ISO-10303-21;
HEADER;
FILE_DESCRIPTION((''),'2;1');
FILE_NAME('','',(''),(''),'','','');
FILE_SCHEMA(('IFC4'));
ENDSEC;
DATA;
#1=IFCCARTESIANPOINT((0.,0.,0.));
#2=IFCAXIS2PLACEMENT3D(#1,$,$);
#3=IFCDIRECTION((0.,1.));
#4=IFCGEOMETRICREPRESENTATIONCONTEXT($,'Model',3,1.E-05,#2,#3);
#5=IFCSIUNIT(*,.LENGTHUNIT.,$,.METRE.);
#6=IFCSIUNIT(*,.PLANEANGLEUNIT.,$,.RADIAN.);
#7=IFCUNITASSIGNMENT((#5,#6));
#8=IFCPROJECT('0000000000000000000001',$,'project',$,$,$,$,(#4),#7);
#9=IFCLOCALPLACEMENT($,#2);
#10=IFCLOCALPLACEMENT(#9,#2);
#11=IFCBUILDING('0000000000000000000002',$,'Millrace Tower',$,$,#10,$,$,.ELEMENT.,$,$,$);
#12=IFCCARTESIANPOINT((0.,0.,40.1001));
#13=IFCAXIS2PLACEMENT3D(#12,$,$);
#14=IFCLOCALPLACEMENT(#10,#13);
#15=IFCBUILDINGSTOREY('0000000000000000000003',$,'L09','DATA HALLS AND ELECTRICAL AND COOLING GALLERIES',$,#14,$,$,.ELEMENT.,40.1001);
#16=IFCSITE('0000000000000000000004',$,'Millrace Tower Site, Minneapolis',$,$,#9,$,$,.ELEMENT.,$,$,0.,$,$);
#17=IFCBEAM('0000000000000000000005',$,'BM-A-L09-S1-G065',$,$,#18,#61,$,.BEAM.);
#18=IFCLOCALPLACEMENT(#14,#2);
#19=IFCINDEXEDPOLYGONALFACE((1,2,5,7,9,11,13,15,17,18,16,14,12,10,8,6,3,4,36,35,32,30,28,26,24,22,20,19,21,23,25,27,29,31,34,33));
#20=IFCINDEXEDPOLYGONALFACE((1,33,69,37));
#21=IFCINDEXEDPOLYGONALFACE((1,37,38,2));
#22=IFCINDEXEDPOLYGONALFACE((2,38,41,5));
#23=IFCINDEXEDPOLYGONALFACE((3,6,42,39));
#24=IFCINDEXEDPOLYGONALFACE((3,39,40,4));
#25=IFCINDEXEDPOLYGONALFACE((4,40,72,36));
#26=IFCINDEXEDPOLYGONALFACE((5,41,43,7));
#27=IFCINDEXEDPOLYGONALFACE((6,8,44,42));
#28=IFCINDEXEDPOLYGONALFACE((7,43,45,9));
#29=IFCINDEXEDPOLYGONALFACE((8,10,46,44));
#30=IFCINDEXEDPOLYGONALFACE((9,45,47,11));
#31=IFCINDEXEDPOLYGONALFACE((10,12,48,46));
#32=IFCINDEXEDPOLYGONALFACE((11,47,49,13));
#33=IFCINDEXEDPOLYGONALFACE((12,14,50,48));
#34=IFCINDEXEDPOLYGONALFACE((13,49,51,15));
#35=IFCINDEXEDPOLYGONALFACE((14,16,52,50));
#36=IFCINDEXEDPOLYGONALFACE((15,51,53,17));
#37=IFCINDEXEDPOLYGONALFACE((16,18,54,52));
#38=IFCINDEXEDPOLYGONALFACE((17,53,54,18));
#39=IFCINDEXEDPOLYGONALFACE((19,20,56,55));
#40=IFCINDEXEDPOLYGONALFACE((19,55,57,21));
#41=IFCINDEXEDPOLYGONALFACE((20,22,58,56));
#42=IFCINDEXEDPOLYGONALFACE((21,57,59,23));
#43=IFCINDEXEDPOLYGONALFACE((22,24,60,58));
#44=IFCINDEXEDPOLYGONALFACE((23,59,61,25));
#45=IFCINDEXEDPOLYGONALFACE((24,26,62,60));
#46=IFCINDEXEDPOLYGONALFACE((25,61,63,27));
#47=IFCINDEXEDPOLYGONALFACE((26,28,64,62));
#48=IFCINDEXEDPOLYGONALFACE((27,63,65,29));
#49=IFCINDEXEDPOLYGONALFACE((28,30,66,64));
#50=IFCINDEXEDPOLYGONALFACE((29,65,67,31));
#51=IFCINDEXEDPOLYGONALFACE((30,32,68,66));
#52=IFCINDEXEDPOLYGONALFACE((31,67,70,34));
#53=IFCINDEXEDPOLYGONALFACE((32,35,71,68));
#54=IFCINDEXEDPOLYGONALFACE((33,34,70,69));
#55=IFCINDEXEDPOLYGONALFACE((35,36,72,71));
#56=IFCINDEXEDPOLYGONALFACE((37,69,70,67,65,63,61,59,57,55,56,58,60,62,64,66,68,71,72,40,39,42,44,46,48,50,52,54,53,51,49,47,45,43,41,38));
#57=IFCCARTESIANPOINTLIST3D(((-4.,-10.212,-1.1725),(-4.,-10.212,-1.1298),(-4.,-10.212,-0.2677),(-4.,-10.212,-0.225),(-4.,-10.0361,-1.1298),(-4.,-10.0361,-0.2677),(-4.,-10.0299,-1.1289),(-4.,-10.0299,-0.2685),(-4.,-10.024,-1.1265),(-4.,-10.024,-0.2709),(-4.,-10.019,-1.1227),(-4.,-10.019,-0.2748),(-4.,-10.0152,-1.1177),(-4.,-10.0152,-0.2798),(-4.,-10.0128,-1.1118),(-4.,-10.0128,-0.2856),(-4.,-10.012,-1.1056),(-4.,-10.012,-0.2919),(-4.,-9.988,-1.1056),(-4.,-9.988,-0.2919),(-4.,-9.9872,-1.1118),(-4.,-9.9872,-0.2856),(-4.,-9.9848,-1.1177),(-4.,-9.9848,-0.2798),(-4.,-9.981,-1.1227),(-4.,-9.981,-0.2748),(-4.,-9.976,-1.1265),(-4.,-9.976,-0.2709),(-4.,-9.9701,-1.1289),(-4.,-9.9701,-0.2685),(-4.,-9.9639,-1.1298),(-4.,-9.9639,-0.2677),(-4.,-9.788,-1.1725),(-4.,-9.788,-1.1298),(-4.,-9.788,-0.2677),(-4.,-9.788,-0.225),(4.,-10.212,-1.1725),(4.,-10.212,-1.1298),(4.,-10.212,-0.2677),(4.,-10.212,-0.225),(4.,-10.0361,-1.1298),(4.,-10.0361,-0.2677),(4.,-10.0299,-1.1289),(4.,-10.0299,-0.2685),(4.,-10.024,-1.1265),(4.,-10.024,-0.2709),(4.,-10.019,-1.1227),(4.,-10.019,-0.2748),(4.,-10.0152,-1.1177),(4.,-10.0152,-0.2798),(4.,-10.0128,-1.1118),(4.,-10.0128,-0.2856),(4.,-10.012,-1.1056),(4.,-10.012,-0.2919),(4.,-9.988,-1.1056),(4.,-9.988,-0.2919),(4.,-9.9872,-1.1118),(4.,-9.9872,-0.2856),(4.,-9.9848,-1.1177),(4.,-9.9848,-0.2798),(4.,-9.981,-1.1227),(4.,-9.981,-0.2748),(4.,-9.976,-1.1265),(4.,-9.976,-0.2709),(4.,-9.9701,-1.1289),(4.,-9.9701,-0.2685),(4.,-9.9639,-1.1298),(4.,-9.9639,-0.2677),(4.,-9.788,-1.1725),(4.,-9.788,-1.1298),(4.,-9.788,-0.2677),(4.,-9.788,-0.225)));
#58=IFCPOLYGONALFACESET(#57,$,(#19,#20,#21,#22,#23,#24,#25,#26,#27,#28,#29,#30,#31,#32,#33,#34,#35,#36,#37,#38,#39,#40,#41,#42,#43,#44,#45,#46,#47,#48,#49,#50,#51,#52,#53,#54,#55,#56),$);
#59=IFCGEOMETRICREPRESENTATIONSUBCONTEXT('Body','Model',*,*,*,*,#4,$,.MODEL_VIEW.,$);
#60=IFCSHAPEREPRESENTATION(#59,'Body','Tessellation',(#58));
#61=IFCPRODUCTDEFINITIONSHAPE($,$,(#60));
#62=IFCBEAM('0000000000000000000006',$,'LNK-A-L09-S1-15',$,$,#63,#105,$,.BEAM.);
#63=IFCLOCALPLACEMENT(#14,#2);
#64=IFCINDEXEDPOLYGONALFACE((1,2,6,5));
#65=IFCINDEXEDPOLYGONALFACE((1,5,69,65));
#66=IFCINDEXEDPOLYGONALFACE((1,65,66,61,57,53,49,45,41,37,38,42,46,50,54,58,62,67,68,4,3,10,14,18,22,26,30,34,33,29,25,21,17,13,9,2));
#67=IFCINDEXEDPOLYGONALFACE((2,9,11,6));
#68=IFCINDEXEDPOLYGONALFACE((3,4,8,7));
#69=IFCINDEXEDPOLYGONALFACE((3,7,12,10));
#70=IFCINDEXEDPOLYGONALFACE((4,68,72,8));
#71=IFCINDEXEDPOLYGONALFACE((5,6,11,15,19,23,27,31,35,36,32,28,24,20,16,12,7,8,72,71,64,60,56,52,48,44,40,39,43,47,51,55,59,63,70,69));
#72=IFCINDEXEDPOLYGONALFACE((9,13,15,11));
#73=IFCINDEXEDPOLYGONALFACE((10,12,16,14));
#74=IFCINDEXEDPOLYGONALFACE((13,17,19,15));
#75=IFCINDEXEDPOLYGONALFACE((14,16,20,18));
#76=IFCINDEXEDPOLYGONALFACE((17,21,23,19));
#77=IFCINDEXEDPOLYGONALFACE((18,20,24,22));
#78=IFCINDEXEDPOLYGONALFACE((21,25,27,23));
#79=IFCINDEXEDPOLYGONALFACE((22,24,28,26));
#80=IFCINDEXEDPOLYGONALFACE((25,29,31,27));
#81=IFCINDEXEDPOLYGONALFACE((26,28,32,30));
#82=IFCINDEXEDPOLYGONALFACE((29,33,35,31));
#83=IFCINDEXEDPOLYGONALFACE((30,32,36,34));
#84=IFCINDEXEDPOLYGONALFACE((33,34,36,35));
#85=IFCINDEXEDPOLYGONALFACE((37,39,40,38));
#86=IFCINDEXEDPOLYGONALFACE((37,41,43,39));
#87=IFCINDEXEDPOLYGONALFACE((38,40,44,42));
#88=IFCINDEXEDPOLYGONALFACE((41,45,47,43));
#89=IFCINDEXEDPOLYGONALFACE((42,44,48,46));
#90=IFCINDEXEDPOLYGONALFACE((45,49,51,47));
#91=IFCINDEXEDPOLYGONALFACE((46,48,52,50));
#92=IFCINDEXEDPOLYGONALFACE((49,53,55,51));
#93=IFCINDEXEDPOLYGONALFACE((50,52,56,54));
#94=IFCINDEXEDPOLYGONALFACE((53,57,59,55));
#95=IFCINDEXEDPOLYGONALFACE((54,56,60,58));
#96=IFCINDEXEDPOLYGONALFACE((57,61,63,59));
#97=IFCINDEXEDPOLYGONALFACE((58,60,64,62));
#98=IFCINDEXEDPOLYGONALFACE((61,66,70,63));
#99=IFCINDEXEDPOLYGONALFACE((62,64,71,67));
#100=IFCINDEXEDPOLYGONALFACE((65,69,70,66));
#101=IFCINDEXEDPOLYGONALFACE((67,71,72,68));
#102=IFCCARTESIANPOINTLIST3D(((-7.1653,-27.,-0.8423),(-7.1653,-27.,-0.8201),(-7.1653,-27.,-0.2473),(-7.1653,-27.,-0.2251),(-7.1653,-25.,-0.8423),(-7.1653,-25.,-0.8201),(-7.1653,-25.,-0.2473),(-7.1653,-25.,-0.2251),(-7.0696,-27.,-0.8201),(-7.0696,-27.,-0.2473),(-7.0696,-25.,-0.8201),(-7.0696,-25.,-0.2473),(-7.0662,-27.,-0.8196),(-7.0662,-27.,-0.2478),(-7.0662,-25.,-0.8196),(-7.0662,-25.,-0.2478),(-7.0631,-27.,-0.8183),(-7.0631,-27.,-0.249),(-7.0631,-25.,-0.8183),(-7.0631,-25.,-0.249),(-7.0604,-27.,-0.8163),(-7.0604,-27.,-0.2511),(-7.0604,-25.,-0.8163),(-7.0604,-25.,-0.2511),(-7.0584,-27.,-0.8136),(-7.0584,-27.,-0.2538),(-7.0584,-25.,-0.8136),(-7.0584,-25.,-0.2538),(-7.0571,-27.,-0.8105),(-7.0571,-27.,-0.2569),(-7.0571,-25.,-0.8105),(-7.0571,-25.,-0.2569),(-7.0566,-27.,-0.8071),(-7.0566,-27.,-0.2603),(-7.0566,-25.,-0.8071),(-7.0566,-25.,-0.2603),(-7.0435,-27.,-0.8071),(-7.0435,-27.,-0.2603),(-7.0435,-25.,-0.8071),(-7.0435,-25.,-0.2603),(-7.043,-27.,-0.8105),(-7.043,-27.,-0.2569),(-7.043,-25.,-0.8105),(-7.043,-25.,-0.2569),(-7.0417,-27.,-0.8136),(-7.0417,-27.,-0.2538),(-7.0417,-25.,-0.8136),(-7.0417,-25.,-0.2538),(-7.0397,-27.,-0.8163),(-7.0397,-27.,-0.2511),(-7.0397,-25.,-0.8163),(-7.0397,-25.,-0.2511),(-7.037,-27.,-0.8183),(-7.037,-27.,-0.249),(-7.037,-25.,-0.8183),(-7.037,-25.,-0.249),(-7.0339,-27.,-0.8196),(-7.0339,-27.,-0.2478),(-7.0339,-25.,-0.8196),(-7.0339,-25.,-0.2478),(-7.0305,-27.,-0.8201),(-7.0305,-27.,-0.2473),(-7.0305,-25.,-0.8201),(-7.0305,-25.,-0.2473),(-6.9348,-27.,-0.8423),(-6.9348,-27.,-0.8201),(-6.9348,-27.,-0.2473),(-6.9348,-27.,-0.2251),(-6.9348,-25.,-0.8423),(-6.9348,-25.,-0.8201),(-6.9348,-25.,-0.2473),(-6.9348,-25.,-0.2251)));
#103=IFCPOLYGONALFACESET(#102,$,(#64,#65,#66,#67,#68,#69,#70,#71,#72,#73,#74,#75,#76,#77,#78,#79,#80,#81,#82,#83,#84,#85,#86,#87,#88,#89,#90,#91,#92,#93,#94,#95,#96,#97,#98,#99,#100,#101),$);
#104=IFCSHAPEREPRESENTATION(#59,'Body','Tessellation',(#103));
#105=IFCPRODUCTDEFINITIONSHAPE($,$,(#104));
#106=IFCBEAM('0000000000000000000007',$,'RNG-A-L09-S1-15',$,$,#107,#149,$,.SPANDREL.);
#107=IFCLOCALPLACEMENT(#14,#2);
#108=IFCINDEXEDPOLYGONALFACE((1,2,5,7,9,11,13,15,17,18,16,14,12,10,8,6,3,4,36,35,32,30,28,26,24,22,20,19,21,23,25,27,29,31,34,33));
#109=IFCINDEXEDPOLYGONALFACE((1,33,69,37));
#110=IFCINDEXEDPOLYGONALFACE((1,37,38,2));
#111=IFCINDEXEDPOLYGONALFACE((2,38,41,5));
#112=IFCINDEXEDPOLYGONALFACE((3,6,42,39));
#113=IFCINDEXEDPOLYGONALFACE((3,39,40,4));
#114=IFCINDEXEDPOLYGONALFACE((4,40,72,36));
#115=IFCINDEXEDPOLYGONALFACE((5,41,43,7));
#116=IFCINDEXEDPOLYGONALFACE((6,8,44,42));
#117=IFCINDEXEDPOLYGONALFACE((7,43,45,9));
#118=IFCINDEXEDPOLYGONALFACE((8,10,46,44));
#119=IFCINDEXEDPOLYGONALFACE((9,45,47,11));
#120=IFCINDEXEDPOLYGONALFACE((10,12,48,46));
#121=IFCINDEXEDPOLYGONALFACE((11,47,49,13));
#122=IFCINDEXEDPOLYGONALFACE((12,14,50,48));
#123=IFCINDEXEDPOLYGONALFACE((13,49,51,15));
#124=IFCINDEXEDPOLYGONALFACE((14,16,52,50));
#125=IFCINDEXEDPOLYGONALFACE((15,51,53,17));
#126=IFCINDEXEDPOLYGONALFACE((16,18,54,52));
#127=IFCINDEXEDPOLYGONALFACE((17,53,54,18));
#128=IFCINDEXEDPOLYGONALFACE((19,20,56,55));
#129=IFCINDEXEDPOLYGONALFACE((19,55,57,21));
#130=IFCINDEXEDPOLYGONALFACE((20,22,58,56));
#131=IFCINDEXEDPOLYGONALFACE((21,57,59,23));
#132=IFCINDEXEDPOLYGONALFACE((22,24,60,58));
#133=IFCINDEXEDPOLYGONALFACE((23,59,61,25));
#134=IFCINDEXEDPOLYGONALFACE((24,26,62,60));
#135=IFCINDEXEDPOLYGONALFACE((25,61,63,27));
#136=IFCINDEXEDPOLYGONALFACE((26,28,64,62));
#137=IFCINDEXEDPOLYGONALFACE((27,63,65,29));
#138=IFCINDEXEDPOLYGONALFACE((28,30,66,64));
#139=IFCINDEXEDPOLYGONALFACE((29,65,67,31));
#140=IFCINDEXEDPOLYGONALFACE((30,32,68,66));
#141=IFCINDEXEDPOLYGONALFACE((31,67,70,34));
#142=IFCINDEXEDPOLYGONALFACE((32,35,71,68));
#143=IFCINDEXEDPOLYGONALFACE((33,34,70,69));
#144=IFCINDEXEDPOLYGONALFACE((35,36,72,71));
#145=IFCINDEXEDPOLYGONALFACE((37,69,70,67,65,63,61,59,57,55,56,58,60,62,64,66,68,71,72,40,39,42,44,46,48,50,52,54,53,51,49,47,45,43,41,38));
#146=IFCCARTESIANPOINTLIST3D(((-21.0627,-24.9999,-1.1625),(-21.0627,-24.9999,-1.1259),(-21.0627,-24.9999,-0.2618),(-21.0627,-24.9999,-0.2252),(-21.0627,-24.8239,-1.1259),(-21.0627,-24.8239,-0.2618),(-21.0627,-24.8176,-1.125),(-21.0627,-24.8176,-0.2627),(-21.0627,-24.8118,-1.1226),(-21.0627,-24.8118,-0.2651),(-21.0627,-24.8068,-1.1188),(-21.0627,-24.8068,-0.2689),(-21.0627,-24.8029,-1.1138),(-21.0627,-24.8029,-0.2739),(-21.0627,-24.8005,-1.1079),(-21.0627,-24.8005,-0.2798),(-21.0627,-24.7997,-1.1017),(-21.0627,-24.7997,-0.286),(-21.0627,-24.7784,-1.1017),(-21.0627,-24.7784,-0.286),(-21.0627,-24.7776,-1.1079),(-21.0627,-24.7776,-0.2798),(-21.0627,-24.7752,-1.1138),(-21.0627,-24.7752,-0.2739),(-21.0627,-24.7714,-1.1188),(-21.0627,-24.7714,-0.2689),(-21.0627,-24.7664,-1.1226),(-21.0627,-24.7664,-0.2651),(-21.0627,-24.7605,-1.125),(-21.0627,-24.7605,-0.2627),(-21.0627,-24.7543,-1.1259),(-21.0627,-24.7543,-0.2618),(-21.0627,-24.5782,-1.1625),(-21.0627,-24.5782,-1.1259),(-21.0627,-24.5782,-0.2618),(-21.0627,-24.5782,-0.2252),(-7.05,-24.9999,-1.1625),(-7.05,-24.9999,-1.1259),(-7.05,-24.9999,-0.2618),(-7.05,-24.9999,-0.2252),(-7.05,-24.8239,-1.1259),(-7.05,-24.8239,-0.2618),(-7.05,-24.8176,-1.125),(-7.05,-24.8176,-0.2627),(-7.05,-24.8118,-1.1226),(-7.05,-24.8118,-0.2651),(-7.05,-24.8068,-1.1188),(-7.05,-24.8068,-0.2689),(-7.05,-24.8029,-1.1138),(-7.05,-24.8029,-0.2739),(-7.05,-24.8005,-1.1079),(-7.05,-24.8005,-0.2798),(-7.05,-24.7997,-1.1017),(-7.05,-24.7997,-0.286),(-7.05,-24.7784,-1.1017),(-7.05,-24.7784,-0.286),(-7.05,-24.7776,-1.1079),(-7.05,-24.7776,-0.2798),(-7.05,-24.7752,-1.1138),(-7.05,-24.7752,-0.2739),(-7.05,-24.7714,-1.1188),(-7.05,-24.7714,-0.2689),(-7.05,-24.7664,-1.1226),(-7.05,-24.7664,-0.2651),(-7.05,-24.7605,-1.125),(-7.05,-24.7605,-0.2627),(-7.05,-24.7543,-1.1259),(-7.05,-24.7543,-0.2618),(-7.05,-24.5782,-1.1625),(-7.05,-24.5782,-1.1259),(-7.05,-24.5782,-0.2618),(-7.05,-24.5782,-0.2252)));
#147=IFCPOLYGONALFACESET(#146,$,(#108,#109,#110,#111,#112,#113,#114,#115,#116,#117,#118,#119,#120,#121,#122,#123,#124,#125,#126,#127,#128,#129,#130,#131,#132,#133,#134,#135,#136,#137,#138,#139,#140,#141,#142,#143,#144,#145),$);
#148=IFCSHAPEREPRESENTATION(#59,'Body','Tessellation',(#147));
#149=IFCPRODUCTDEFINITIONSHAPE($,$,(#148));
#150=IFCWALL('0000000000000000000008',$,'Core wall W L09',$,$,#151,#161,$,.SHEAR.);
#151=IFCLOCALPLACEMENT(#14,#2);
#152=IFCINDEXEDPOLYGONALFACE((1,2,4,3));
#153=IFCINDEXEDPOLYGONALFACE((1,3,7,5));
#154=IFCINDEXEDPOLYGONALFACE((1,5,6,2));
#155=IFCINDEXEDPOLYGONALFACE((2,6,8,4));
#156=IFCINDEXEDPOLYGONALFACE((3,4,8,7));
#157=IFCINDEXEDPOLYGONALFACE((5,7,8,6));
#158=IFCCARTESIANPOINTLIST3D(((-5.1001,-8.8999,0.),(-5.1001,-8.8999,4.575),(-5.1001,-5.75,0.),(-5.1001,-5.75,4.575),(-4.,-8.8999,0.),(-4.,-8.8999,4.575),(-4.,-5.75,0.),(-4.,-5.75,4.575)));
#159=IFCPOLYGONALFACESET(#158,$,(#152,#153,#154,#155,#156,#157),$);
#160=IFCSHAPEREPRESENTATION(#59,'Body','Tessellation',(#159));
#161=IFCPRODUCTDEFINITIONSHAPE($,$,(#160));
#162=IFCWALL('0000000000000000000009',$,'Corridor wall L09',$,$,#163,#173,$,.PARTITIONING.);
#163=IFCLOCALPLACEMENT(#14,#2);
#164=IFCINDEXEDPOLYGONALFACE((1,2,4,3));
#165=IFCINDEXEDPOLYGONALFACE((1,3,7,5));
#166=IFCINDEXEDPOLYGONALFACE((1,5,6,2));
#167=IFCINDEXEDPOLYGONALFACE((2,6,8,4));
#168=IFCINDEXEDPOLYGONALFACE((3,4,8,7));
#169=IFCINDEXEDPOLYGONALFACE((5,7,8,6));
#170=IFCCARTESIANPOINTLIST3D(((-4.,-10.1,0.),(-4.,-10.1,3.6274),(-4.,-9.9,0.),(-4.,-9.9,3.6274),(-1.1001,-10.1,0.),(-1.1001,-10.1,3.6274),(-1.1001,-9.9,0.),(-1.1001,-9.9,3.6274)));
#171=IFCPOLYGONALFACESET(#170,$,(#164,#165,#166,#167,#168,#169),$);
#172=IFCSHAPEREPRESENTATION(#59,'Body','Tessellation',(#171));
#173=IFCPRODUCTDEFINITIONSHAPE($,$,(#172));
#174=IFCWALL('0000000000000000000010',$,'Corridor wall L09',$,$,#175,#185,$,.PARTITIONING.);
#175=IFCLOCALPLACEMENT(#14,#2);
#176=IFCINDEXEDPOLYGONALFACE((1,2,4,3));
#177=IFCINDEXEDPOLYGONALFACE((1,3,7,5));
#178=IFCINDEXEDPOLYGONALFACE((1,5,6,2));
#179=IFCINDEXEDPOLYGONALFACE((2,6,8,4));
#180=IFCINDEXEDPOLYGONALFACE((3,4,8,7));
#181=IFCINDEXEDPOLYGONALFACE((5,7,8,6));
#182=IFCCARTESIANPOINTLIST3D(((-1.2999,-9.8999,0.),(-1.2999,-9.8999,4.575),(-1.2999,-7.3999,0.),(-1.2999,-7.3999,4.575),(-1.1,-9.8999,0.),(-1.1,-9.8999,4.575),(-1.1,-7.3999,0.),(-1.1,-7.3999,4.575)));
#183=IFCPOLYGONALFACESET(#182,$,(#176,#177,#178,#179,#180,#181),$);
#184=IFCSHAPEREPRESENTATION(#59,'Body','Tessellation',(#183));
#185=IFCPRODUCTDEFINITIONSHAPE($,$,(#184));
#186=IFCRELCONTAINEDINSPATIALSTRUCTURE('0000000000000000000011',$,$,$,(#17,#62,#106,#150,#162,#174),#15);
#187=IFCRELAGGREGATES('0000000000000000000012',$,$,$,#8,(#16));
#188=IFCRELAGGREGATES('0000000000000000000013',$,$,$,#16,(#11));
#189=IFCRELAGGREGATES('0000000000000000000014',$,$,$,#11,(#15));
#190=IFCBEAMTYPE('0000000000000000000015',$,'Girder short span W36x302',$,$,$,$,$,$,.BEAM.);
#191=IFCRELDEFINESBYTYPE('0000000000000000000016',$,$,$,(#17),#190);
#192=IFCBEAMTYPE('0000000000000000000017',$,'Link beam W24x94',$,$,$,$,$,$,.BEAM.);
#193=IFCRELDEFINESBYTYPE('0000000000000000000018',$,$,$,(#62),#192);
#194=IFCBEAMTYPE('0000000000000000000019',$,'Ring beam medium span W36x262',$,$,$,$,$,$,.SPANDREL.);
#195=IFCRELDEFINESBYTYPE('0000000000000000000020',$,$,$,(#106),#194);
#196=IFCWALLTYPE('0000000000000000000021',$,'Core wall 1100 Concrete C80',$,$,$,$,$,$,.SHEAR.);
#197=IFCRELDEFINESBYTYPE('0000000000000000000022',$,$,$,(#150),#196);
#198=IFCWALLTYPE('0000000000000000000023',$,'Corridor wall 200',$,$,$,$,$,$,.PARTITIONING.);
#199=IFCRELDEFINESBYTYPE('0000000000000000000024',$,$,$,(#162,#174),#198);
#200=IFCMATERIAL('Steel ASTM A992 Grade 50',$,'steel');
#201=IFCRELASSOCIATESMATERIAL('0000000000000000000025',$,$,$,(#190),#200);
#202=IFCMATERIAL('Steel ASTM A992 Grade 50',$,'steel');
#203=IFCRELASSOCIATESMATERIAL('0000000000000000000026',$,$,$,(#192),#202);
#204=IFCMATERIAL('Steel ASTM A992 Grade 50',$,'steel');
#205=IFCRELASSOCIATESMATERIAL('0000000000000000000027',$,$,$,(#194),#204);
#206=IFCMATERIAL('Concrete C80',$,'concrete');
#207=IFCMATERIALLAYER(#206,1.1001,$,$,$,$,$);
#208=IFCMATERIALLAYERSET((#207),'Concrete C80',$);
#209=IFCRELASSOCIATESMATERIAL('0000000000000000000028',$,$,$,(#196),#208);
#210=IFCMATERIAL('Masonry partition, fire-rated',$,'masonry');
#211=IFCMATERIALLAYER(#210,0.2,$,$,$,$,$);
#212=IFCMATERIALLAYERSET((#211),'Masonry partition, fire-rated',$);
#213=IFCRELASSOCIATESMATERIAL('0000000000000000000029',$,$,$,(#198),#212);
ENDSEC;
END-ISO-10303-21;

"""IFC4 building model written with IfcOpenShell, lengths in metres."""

from ifc_helpers import new_model, si_unit, direction, frame, frame_2d, origin, origin_2d, place, context, subcontext, project, spatial, rectangle, i_section, extrude, material, layer, layer_set, material_profile, profile_set, type_object, element, save


model = new_model("IFC4")

# Units and contexts
model_context = context("Model", 3, precision=1e-05, world=origin(), true_north=direction((0.0, 1.0)))
body_context = subcontext(model_context, "Body", "Model", "MODEL_VIEW")
ifc_project = project(units=[si_unit("LENGTHUNIT", "METRE"), si_unit("PLANEANGLEUNIT", "RADIAN")], contexts=[model_context])

# Site, building, storey
site_placement = place(None, origin())
site = spatial("IfcSite", under=ifc_project, at=site_placement, Name="Millrace Tower Site, Minneapolis", CompositionType="ELEMENT", RefElevation=0.0)
building_placement = place(site_placement, origin())
building = spatial("IfcBuilding", under=site, at=building_placement, Name="Millrace Tower", CompositionType="ELEMENT")
storey_placement = place(building_placement, frame((0.0, 0.0, 40.1001)))
storey = spatial("IfcBuildingStorey", under=building, at=storey_placement, Name="L09", Description="DATA HALLS AND ELECTRICAL AND COOLING GALLERIES", CompositionType="ELEMENT", Elevation=40.1001)

# Beams
ifc_material_1 = material(Name="Steel ASTM A992 Grade 50", Category="steel")
ifc_material_profile_1 = material_profile(ifc_material_1, i_section(OverallWidth=0.4241, OverallDepth=0.9475, WebThickness=0.0239, FlangeThickness=0.0427, FilletRadius=0.0242, at=origin_2d()))
ifc_profile_set_1 = profile_set([ifc_material_profile_1], Name="Steel ASTM A992 Grade 50")
beam_type_1 = type_object("IfcBeamType", Name="Girder short span W36x302", PredefinedType="BEAM", material=ifc_profile_set_1)
beam_1_placement = place(storey_placement, frame((-4.0, -10.0, -0.6987), z_axis=(1.0, 0.0, 0.0), x_axis=(0.0, 1.0, 0.0)))
element("IfcBeam", 1, at=beam_1_placement, inside=storey, type_object=beam_type_1, Name="BM-A-L09-S1-G065", PredefinedType="BEAM", context=body_context, shape_type="SweptSolid", body=[
    extrude(i_section(OverallWidth=0.4241, OverallDepth=0.9475, WebThickness=0.0239, FlangeThickness=0.0427, FilletRadius=0.0242, at=origin_2d()), origin(), (0.0, 0.0, 1.0), 8.0),
])
ifc_material_2 = material(Name="Steel ASTM A992 Grade 50", Category="steel")
ifc_material_profile_2 = material_profile(ifc_material_2, i_section(OverallWidth=0.2305, OverallDepth=0.6172, WebThickness=0.0132, FlangeThickness=0.0222, FilletRadius=0.0129, at=origin_2d()))
ifc_profile_set_2 = profile_set([ifc_material_profile_2], Name="Steel ASTM A992 Grade 50")
beam_type_2 = type_object("IfcBeamType", Name="Link beam W24x94", PredefinedType="BEAM", material=ifc_profile_set_2)
beam_2_placement = place(storey_placement, frame((-7.05, -25.0, -0.5337), z_axis=(0.0, -1.0, 0.0), x_axis=(1.0, 0.0, 0.0)))
element("IfcBeam", 2, at=beam_2_placement, inside=storey, type_object=beam_type_2, Name="LNK-A-L09-S1-15", PredefinedType="BEAM", context=body_context, shape_type="SweptSolid", body=[
    extrude(i_section(OverallWidth=0.2305, OverallDepth=0.6172, WebThickness=0.0132, FlangeThickness=0.0222, FilletRadius=0.0129, at=origin_2d()), origin(), (0.0, 0.0, 1.0), 2.0),
])
ifc_material_3 = material(Name="Steel ASTM A992 Grade 50", Category="steel")
ifc_material_profile_3 = material_profile(ifc_material_3, i_section(OverallWidth=0.4216, OverallDepth=0.9373, WebThickness=0.0212, FlangeThickness=0.0366, FilletRadius=0.0242, at=origin_2d()))
ifc_profile_set_3 = profile_set([ifc_material_profile_3], Name="Steel ASTM A992 Grade 50")
beam_type_3 = type_object("IfcBeamType", Name="Ring beam medium span W36x262", PredefinedType="SPANDREL", material=ifc_profile_set_3)
beam_3_placement = place(storey_placement, frame((-7.05, -24.7891, -0.6938), z_axis=(-1.0, 0.0, 0.0), x_axis=(0.0, -1.0, 0.0)))
element("IfcBeam", 3, at=beam_3_placement, inside=storey, type_object=beam_type_3, Name="RNG-A-L09-S1-15", PredefinedType="SPANDREL", context=body_context, shape_type="SweptSolid", body=[
    extrude(i_section(OverallWidth=0.4216, OverallDepth=0.9373, WebThickness=0.0212, FlangeThickness=0.0366, FilletRadius=0.0242, at=origin_2d()), origin(), (0.0, 0.0, 1.0), 14.0127),
])

# Walls
ifc_material_4 = material(Name="Concrete C80", Category="concrete")
ifc_layer_1 = layer(ifc_material_4, 1.1001)
ifc_layer_set_1 = layer_set([ifc_layer_1], Name="Concrete C80")
wall_type_1 = type_object("IfcWallType", Name="Core wall 1100 Concrete C80", PredefinedType="SHEAR", material=ifc_layer_set_1)
wall_1_placement = place(storey_placement, frame((-4.55, -8.8999, 0.0), z_axis=(0.0, 0.0, 1.0), x_axis=(0.0, 1.0, 0.0)))
element("IfcWall", 4, at=wall_1_placement, inside=storey, type_object=wall_type_1, Name="Core wall W L09", PredefinedType="SHEAR", context=body_context, shape_type="SweptSolid", body=[
    extrude(rectangle(XDim=3.1499, YDim=1.1001, at=frame_2d((1.575, 0.0))), origin(), (0.0, 0.0, 1.0), 4.575),
])
ifc_material_5 = material(Name="Masonry partition, fire-rated", Category="masonry")
ifc_layer_2 = layer(ifc_material_5, 0.2)
ifc_layer_set_2 = layer_set([ifc_layer_2], Name="Masonry partition, fire-rated")
wall_type_2 = type_object("IfcWallType", Name="Corridor wall 200", PredefinedType="PARTITIONING", material=ifc_layer_set_2)
wall_2_placement = place(storey_placement, frame((-4.0, -10.0, 0.0), z_axis=(0.0, 0.0, 1.0), x_axis=(1.0, 0.0, 0.0)))
element("IfcWall", 5, at=wall_2_placement, inside=storey, type_object=wall_type_2, Name="Corridor wall L09", PredefinedType="PARTITIONING", context=body_context, shape_type="SweptSolid", body=[
    extrude(rectangle(XDim=2.8999, YDim=0.2, at=frame_2d((1.45, 0.0))), origin(), (0.0, 0.0, 1.0), 3.6274),
])
wall_3_placement = place(storey_placement, frame((-1.2, -9.8999, 0.0), z_axis=(0.0, 0.0, 1.0), x_axis=(0.0, 1.0, 0.0)))
element("IfcWall", 6, at=wall_3_placement, inside=storey, type_object=wall_type_2, Name="Corridor wall L09", PredefinedType="PARTITIONING", context=body_context, shape_type="SweptSolid", body=[
    extrude(rectangle(XDim=2.5, YDim=0.2, at=frame_2d((1.25, 0.0))), origin(), (0.0, 0.0, 1.0), 4.575),
])

save(model, "model.ifc")
